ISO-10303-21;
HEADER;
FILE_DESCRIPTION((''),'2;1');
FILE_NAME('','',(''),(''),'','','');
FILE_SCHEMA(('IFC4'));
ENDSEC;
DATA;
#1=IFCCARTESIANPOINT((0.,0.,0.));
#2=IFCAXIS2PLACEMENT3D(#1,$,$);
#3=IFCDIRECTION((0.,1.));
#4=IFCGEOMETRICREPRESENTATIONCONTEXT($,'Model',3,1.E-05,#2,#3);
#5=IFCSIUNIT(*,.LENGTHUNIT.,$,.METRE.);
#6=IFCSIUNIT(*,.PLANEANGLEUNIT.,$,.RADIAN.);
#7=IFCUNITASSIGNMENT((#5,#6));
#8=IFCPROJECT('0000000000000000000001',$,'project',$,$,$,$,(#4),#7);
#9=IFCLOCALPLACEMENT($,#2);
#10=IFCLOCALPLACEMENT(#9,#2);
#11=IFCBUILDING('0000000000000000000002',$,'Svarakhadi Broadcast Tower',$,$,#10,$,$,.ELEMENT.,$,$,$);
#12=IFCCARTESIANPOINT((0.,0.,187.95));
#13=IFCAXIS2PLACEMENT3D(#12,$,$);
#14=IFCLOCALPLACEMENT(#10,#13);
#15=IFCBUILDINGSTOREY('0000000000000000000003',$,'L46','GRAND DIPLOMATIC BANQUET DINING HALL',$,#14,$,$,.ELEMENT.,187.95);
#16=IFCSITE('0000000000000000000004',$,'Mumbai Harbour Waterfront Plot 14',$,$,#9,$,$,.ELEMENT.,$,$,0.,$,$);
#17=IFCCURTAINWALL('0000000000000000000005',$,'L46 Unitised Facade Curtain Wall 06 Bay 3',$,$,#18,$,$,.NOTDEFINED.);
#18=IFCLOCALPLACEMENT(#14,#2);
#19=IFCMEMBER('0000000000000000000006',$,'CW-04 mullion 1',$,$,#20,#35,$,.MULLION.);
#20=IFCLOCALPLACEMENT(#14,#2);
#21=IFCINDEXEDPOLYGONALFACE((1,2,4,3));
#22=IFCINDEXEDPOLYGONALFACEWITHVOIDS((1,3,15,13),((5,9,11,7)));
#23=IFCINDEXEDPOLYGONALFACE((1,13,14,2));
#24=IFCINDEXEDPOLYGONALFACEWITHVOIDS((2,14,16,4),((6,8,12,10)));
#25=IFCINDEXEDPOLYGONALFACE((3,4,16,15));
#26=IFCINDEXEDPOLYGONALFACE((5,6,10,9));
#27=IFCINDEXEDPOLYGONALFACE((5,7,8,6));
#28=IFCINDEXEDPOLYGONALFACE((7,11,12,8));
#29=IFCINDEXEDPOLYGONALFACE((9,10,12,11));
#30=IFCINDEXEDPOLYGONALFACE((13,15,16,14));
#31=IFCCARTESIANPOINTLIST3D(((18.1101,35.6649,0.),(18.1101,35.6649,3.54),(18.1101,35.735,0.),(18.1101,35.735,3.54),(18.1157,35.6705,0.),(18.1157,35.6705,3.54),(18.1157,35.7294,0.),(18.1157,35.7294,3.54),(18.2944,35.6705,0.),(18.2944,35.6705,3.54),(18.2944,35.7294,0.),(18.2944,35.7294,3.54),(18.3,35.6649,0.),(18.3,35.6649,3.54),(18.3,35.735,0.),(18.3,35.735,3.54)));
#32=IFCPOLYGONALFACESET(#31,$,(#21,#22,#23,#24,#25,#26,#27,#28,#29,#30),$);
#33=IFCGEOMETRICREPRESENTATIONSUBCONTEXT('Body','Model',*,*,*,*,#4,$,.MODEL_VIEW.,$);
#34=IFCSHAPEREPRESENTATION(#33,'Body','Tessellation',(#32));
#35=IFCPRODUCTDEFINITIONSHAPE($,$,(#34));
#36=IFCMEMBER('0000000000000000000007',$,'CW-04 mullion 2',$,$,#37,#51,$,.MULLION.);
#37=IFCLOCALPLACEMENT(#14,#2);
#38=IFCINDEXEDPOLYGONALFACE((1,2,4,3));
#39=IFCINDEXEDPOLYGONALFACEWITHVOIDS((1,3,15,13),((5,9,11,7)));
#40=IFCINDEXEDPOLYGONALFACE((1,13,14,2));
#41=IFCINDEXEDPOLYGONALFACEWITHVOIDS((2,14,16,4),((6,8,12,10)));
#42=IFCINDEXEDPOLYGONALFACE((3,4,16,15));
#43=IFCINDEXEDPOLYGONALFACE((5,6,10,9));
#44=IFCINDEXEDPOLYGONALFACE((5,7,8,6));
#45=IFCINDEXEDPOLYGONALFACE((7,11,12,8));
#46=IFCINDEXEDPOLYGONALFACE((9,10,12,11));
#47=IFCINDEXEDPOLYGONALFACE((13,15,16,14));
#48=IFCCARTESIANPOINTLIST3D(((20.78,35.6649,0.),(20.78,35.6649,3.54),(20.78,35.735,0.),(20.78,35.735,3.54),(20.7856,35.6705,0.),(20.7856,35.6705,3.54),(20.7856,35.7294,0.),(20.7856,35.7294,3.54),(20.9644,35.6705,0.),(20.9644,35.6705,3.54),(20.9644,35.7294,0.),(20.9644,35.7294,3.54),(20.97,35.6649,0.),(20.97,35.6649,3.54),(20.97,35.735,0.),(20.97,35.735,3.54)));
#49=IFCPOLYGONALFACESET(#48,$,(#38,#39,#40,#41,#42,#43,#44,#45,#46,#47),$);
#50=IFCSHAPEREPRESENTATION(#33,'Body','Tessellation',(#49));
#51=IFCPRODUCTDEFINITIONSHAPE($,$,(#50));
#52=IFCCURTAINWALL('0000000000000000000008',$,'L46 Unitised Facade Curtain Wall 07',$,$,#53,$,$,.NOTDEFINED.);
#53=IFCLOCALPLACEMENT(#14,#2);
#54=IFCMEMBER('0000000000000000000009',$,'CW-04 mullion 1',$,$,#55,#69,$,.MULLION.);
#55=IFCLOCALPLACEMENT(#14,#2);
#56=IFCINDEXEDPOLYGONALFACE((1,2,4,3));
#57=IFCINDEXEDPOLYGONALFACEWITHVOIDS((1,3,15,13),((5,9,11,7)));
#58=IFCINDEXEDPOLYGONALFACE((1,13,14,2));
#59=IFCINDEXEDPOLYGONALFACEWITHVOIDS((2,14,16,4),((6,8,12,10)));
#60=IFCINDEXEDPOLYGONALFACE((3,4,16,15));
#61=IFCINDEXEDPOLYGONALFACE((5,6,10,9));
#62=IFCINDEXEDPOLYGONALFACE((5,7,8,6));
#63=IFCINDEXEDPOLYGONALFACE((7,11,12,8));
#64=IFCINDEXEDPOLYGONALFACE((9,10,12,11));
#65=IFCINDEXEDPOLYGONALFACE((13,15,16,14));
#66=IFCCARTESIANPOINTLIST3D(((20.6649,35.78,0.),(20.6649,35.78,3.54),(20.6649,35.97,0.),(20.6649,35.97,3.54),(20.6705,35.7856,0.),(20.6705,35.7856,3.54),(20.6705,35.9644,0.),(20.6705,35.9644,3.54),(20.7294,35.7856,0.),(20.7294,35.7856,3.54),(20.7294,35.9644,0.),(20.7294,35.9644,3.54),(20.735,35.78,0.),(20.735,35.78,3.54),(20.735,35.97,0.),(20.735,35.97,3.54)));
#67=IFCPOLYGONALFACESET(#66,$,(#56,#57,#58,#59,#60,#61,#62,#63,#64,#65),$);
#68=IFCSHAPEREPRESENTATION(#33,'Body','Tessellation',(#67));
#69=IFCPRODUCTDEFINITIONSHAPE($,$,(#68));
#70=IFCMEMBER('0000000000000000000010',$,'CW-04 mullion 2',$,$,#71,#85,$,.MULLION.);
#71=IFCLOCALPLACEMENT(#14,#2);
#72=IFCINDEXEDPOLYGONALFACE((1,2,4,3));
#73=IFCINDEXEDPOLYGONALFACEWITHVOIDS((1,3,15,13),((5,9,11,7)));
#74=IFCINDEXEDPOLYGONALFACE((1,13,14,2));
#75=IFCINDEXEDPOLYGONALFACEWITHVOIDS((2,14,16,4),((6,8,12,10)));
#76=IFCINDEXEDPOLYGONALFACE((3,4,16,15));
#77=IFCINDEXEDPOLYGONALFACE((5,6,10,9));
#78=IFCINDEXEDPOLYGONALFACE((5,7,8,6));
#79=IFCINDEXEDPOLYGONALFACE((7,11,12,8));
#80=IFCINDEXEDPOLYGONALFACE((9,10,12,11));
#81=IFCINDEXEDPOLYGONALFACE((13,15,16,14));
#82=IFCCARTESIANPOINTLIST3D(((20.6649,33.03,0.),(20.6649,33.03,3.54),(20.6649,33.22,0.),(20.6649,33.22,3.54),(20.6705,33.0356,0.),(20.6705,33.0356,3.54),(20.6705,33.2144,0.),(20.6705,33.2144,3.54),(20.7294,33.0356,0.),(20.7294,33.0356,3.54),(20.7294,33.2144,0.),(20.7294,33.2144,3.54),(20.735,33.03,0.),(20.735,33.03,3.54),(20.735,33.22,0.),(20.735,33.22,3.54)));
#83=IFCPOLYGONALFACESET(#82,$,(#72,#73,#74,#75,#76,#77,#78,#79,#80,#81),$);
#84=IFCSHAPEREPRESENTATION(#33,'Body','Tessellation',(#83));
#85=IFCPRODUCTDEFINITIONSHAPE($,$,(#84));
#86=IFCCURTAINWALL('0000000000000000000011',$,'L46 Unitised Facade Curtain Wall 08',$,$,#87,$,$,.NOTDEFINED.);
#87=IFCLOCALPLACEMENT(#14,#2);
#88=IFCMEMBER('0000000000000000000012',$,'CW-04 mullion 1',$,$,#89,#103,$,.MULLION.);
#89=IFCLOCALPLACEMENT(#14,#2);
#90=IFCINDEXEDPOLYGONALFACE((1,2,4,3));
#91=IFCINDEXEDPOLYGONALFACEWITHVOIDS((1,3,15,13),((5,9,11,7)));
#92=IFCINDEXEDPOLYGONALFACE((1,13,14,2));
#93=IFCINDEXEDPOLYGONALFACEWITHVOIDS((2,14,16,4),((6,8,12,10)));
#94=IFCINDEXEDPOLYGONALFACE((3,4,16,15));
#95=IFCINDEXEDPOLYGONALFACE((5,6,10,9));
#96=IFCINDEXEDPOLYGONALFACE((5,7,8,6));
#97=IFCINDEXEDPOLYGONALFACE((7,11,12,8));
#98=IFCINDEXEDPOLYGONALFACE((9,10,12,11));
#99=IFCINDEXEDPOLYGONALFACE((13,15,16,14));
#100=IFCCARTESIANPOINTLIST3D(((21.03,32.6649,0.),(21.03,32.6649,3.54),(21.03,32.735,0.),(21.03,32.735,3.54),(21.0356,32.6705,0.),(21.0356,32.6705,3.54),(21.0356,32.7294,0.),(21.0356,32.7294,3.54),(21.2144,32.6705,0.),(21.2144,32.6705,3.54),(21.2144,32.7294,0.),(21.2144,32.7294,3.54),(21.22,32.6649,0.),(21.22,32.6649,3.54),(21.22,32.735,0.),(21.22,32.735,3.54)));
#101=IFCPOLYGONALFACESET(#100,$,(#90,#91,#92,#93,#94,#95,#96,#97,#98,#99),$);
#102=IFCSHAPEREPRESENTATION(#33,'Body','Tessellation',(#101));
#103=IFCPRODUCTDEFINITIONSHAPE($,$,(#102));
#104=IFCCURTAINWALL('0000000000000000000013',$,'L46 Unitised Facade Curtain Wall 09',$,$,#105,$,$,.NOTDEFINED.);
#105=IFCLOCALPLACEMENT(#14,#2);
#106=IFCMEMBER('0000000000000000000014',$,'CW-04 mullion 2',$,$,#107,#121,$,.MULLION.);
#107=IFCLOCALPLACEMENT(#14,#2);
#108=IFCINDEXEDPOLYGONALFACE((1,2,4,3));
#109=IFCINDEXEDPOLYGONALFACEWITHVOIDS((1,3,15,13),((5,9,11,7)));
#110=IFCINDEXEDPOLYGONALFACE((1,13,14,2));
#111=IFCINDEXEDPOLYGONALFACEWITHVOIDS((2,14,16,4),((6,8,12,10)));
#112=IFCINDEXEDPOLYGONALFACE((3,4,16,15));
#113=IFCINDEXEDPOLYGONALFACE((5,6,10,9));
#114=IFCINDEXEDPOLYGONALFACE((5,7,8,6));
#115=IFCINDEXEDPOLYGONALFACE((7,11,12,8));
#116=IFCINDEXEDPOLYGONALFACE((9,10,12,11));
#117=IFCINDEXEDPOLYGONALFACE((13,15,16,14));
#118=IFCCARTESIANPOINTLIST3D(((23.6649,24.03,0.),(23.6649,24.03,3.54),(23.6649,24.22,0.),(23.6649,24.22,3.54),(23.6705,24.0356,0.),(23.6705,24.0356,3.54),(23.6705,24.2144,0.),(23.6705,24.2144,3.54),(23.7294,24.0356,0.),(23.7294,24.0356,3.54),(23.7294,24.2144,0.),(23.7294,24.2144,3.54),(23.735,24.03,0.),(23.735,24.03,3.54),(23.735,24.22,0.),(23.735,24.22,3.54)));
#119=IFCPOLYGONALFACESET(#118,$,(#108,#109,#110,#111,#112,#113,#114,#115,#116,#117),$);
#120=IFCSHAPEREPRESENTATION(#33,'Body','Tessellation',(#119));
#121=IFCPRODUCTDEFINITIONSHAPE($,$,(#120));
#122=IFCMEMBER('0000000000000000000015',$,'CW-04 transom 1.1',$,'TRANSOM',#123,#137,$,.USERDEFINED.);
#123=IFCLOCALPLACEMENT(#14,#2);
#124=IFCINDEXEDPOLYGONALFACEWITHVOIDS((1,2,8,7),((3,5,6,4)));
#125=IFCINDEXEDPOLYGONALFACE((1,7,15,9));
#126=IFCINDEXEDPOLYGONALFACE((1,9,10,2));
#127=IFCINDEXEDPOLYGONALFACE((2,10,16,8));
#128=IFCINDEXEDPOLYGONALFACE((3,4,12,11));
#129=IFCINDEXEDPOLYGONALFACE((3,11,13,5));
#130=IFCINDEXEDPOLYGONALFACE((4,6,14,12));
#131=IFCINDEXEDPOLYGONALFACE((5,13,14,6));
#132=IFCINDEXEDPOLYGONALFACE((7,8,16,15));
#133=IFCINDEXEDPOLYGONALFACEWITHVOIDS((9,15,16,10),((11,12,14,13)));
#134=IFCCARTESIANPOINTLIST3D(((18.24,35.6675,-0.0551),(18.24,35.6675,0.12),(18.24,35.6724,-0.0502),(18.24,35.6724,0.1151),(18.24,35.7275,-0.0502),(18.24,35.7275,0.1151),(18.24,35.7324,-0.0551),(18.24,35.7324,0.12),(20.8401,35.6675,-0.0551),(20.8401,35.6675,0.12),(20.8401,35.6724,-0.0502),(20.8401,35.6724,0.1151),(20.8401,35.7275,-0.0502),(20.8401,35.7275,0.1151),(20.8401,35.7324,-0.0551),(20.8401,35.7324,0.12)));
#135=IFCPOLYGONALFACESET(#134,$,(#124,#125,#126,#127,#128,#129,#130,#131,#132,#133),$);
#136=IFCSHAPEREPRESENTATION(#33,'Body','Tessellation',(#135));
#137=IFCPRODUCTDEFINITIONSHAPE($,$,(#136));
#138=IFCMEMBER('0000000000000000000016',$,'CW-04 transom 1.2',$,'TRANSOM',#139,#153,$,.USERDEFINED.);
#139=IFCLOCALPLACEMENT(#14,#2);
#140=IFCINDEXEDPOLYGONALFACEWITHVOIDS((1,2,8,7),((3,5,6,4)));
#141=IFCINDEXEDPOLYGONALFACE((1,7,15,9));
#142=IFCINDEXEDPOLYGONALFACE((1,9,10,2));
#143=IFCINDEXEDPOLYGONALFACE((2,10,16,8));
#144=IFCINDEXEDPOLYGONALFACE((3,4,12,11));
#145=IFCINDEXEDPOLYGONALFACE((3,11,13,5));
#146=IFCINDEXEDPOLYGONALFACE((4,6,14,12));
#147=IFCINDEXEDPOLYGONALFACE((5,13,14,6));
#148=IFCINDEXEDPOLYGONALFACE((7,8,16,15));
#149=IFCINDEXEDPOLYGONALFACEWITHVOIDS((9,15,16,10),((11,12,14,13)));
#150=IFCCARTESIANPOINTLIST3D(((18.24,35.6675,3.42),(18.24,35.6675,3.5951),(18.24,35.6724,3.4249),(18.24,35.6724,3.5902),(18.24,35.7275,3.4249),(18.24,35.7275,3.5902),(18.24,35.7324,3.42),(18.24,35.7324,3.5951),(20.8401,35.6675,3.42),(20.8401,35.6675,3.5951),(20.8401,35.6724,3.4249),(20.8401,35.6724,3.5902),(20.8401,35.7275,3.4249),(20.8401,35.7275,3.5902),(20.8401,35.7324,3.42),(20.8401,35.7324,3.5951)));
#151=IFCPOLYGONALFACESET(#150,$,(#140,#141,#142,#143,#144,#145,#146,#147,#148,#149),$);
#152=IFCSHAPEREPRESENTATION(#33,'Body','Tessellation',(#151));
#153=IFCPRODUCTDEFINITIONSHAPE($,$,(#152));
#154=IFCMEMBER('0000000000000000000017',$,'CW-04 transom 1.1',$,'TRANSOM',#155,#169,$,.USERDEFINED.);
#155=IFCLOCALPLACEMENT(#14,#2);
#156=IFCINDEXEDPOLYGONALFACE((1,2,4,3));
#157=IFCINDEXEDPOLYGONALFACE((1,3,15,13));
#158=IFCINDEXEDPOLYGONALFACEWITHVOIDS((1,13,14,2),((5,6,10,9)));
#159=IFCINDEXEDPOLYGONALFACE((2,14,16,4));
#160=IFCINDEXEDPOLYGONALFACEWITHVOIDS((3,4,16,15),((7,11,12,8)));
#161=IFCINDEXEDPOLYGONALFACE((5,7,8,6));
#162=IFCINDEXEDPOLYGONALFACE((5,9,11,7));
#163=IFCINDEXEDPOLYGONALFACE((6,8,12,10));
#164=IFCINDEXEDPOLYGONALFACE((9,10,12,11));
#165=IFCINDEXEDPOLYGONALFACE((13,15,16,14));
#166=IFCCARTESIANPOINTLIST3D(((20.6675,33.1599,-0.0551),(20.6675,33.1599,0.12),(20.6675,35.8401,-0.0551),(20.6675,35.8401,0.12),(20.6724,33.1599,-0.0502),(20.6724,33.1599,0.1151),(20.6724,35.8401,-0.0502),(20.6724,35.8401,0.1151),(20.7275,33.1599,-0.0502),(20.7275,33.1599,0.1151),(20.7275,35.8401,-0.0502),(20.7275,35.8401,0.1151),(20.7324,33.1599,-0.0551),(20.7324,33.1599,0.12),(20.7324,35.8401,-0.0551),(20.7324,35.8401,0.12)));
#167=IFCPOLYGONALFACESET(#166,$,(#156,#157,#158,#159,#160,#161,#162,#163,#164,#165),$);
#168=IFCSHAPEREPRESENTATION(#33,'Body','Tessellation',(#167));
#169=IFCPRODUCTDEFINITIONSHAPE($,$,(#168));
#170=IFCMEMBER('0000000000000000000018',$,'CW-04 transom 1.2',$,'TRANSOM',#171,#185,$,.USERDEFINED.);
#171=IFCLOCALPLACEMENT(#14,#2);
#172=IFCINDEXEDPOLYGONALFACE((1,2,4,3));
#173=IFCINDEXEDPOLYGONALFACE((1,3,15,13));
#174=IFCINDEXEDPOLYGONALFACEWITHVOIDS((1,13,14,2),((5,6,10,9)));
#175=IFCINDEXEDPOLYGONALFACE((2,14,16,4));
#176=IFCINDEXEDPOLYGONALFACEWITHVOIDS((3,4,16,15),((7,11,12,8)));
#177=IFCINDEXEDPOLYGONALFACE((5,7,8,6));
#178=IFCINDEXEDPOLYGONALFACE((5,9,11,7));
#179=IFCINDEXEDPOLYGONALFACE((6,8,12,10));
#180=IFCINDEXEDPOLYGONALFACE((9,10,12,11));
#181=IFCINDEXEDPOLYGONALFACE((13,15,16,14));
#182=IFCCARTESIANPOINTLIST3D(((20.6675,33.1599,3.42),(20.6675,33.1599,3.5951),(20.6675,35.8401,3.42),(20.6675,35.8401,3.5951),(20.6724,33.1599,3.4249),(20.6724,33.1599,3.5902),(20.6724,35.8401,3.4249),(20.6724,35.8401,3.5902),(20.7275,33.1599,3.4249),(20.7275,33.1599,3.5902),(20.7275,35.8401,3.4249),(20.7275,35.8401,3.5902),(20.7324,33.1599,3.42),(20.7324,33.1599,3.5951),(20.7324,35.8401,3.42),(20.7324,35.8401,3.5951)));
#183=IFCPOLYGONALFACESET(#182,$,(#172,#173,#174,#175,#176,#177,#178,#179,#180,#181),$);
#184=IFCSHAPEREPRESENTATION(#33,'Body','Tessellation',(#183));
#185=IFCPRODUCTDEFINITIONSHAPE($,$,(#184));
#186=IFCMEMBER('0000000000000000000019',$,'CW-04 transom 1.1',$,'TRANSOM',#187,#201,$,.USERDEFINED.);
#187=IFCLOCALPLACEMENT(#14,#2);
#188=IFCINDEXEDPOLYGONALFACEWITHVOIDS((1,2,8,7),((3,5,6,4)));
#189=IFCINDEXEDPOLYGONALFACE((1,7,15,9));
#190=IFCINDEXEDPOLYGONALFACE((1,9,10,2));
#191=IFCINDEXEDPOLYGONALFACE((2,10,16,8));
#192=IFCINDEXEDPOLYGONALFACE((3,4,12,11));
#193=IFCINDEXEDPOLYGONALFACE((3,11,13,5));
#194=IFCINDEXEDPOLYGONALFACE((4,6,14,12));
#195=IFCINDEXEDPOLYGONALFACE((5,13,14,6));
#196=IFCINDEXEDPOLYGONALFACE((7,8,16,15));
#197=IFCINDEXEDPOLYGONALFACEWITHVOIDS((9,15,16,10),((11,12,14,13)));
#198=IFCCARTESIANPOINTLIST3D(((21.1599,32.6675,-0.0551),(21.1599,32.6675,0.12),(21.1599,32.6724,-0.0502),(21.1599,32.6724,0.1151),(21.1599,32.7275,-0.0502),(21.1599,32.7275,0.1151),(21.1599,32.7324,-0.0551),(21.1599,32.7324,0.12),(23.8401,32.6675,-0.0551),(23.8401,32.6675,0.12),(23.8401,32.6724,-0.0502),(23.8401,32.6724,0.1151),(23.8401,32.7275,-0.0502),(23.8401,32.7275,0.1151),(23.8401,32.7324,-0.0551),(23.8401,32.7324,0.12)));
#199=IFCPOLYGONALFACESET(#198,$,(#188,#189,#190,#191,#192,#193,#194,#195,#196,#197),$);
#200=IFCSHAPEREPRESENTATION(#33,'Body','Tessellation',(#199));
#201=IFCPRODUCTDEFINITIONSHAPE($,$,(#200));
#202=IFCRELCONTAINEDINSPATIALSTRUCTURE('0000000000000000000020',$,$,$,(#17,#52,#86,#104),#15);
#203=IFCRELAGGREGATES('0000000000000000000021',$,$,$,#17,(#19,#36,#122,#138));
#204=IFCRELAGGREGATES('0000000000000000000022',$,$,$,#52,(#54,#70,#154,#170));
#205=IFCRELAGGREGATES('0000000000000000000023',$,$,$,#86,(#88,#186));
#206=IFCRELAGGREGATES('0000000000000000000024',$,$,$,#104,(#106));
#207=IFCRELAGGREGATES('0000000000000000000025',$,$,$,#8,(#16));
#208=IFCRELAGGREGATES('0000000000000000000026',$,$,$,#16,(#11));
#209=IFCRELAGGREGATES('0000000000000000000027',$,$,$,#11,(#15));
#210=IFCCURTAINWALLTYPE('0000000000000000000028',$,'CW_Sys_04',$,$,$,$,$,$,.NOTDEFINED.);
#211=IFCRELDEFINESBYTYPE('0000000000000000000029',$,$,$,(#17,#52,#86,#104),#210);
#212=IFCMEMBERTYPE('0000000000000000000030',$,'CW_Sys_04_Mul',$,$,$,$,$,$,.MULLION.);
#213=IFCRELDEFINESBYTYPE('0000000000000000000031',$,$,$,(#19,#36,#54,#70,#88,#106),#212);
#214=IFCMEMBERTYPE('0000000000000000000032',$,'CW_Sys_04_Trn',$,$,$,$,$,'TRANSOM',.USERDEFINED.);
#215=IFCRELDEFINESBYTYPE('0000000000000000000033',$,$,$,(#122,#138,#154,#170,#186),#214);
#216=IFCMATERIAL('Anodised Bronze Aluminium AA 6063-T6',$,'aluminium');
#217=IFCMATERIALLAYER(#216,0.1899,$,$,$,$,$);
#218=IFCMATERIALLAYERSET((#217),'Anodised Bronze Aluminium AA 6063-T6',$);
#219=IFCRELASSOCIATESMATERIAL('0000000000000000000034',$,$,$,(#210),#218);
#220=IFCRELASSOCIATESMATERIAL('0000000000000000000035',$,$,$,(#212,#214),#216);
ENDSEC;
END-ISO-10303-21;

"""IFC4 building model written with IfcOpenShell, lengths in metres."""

from ifc_helpers import new_model, si_unit, direction, frame, origin, origin_2d, place, context, subcontext, project, spatial, hollow_rectangle, extrude, material, layer, layer_set, material_profile, profile_set, type_object, element, aggregate, save


model = new_model("IFC4")

# Units and contexts
model_context = context("Model", 3, precision=1e-05, world=origin(), true_north=direction((0.0, 1.0)))
body_context = subcontext(model_context, "Body", "Model", "MODEL_VIEW")
ifc_project = project(units=[si_unit("LENGTHUNIT", "METRE"), si_unit("PLANEANGLEUNIT", "RADIAN")], contexts=[model_context])

# Site, building, storey
site_placement = place(None, origin())
site = spatial("IfcSite", under=ifc_project, at=site_placement, Name="Mumbai Harbour Waterfront Plot 14", CompositionType="ELEMENT", RefElevation=0.0)
building_placement = place(site_placement, origin())
building = spatial("IfcBuilding", under=site, at=building_placement, Name="Svarakhadi Broadcast Tower", CompositionType="ELEMENT")
storey_placement = place(building_placement, frame((0.0, 0.0, 187.95)))
storey = spatial("IfcBuildingStorey", under=building, at=storey_placement, Name="L46", Description="GRAND DIPLOMATIC BANQUET DINING HALL", CompositionType="ELEMENT", Elevation=187.95)

# Curtain walls, members
ifc_material_1 = material(Name="Anodised Bronze Aluminium AA 6063-T6", Category="aluminium")
ifc_layer_1 = layer(ifc_material_1, 0.1899)
ifc_layer_set_1 = layer_set([ifc_layer_1], Name="Anodised Bronze Aluminium AA 6063-T6")
curtain_wall_type = type_object("IfcCurtainWallType", Name="CW_Sys_04", PredefinedType="NOTDEFINED", material=ifc_layer_set_1)
curtain_wall_1_placement = place(storey_placement, origin())
curtain_wall_1 = element("IfcCurtainWall", 1, at=curtain_wall_1_placement, inside=storey, type_object=curtain_wall_type, Name="L46 Unitised Facade Curtain Wall 06 Bay 3", PredefinedType="NOTDEFINED")
ifc_material_profile_1 = material_profile(ifc_material_1, hollow_rectangle(XDim=0.0701, YDim=0.1899, WallThickness=0.0056, at=origin_2d()), Name="ALU MULLION 190x70x6")
ifc_profile_set_1 = profile_set([ifc_material_profile_1], Name="Anodised Bronze Aluminium AA 6063-T6")
member_type_1 = type_object("IfcMemberType", Name="CW_Sys_04_Mul", PredefinedType="MULLION", material=ifc_profile_set_1)
member_1_placement = place(storey_placement, frame((18.2051, 35.7, 0.0), z_axis=(0.0, 0.0, 1.0), x_axis=(0.0, 1.0, 0.0)))
member_1 = element("IfcMember", 2, at=member_1_placement, type_object=member_type_1, Name="CW-04 mullion 1", PredefinedType="MULLION", context=body_context, shape_type="SweptSolid", body=[
    extrude(hollow_rectangle(XDim=0.0701, YDim=0.1899, WallThickness=0.0056, at=origin_2d()), origin(), (0.0, 0.0, 1.0), 3.54),
])
member_2_placement = place(storey_placement, frame((20.875, 35.7, 0.0), z_axis=(0.0, 0.0, 1.0), x_axis=(0.0, 1.0, 0.0)))
member_2 = element("IfcMember", 3, at=member_2_placement, type_object=member_type_1, Name="CW-04 mullion 2", PredefinedType="MULLION", context=body_context, shape_type="SweptSolid", body=[
    extrude(hollow_rectangle(XDim=0.0701, YDim=0.1899, WallThickness=0.0056, at=origin_2d()), origin(), (0.0, 0.0, 1.0), 3.54),
])
curtain_wall_2_placement = place(storey_placement, origin())
curtain_wall_2 = element("IfcCurtainWall", 4, at=curtain_wall_2_placement, inside=storey, type_object=curtain_wall_type, Name="L46 Unitised Facade Curtain Wall 07", PredefinedType="NOTDEFINED")
member_3_placement = place(storey_placement, frame((20.7, 35.875, 0.0), z_axis=(0.0, 0.0, 1.0), x_axis=(1.0, 0.0, 0.0)))
member_3 = element("IfcMember", 5, at=member_3_placement, type_object=member_type_1, Name="CW-04 mullion 1", PredefinedType="MULLION", context=body_context, shape_type="SweptSolid", body=[
    extrude(hollow_rectangle(XDim=0.0701, YDim=0.1899, WallThickness=0.0056, at=origin_2d()), origin(), (0.0, 0.0, 1.0), 3.54),
])
member_4_placement = place(storey_placement, frame((20.7, 33.125, 0.0), z_axis=(0.0, 0.0, 1.0), x_axis=(1.0, 0.0, 0.0)))
member_4 = element("IfcMember", 6, at=member_4_placement, type_object=member_type_1, Name="CW-04 mullion 2", PredefinedType="MULLION", context=body_context, shape_type="SweptSolid", body=[
    extrude(hollow_rectangle(XDim=0.0701, YDim=0.1899, WallThickness=0.0056, at=origin_2d()), origin(), (0.0, 0.0, 1.0), 3.54),
])

# Curtain walls, members
curtain_wall_3_placement = place(storey_placement, origin())
curtain_wall_3 = element("IfcCurtainWall", 7, at=curtain_wall_3_placement, inside=storey, type_object=curtain_wall_type, Name="L46 Unitised Facade Curtain Wall 08", PredefinedType="NOTDEFINED")
member_5_placement = place(storey_placement, frame((21.125, 32.7, 0.0), z_axis=(0.0, 0.0, 1.0), x_axis=(0.0, 1.0, 0.0)))
member_5 = element("IfcMember", 8, at=member_5_placement, type_object=member_type_1, Name="CW-04 mullion 1", PredefinedType="MULLION", context=body_context, shape_type="SweptSolid", body=[
    extrude(hollow_rectangle(XDim=0.0701, YDim=0.1899, WallThickness=0.0056, at=origin_2d()), origin(), (0.0, 0.0, 1.0), 3.54),
])
curtain_wall_4_placement = place(storey_placement, origin())
curtain_wall_4 = element("IfcCurtainWall", 9, at=curtain_wall_4_placement, inside=storey, type_object=curtain_wall_type, Name="L46 Unitised Facade Curtain Wall 09", PredefinedType="NOTDEFINED")
member_6_placement = place(storey_placement, frame((23.7, 24.125, 0.0), z_axis=(0.0, 0.0, 1.0), x_axis=(1.0, 0.0, 0.0)))
member_6 = element("IfcMember", 10, at=member_6_placement, type_object=member_type_1, Name="CW-04 mullion 2", PredefinedType="MULLION", context=body_context, shape_type="SweptSolid", body=[
    extrude(hollow_rectangle(XDim=0.0701, YDim=0.1899, WallThickness=0.0056, at=origin_2d()), origin(), (0.0, 0.0, 1.0), 3.54),
])

# Members
ifc_material_profile_2 = material_profile(ifc_material_1, hollow_rectangle(XDim=0.0649, YDim=0.175, WallThickness=0.0049, at=origin_2d()), Name="ALU TRANSOM 175x65x5")
ifc_profile_set_2 = profile_set([ifc_material_profile_2], Name="Anodised Bronze Aluminium AA 6063-T6")
member_type_2 = type_object("IfcMemberType", Name="CW_Sys_04_Trn", ElementType="TRANSOM", PredefinedType="USERDEFINED", material=ifc_profile_set_2)
member_7_placement = place(storey_placement, frame((18.24, 35.7, 0.0325), z_axis=(1.0, 0.0, 0.0), x_axis=(0.0, 1.0, 0.0)))
member_7 = element("IfcMember", 11, at=member_7_placement, type_object=member_type_2, Name="CW-04 transom 1.1", ObjectType="TRANSOM", PredefinedType="USERDEFINED", context=body_context, shape_type="SweptSolid", body=[
    extrude(hollow_rectangle(XDim=0.0649, YDim=0.175, WallThickness=0.0049, at=origin_2d()), origin(), (0.0, 0.0, 1.0), 2.6001),
])
member_8_placement = place(storey_placement, frame((18.24, 35.7, 3.5076), z_axis=(1.0, 0.0, 0.0), x_axis=(0.0, 1.0, 0.0)))
member_8 = element("IfcMember", 12, at=member_8_placement, type_object=member_type_2, Name="CW-04 transom 1.2", ObjectType="TRANSOM", PredefinedType="USERDEFINED", context=body_context, shape_type="SweptSolid", body=[
    extrude(hollow_rectangle(XDim=0.0649, YDim=0.175, WallThickness=0.0049, at=origin_2d()), origin(), (0.0, 0.0, 1.0), 2.6001),
])
member_9_placement = place(storey_placement, frame((20.7, 35.8401, 0.0325), z_axis=(0.0, -1.0, 0.0), x_axis=(1.0, 0.0, 0.0)))
member_9 = element("IfcMember", 13, at=member_9_placement, type_object=member_type_2, Name="CW-04 transom 1.1", ObjectType="TRANSOM", PredefinedType="USERDEFINED", context=body_context, shape_type="SweptSolid", body=[
    extrude(hollow_rectangle(XDim=0.0649, YDim=0.175, WallThickness=0.0049, at=origin_2d()), origin(), (0.0, 0.0, 1.0), 2.6802),
])
member_10_placement = place(storey_placement, frame((20.7, 35.8401, 3.5076), z_axis=(0.0, -1.0, 0.0), x_axis=(1.0, 0.0, 0.0)))
member_10 = element("IfcMember", 14, at=member_10_placement, type_object=member_type_2, Name="CW-04 transom 1.2", ObjectType="TRANSOM", PredefinedType="USERDEFINED", context=body_context, shape_type="SweptSolid", body=[
    extrude(hollow_rectangle(XDim=0.0649, YDim=0.175, WallThickness=0.0049, at=origin_2d()), origin(), (0.0, 0.0, 1.0), 2.6802),
])
member_11_placement = place(storey_placement, frame((21.1599, 32.7, 0.0325), z_axis=(1.0, 0.0, 0.0), x_axis=(0.0, 1.0, 0.0)))
member_11 = element("IfcMember", 15, at=member_11_placement, type_object=member_type_2, Name="CW-04 transom 1.1", ObjectType="TRANSOM", PredefinedType="USERDEFINED", context=body_context, shape_type="SweptSolid", body=[
    extrude(hollow_rectangle(XDim=0.0649, YDim=0.175, WallThickness=0.0049, at=origin_2d()), origin(), (0.0, 0.0, 1.0), 2.6802),
])

aggregate(curtain_wall_1, [member_1, member_2, member_7, member_8])
aggregate(curtain_wall_2, [member_3, member_4, member_9, member_10])
aggregate(curtain_wall_3, [member_5, member_11])
aggregate(curtain_wall_4, [member_6])

save(model, "model.ifc")
